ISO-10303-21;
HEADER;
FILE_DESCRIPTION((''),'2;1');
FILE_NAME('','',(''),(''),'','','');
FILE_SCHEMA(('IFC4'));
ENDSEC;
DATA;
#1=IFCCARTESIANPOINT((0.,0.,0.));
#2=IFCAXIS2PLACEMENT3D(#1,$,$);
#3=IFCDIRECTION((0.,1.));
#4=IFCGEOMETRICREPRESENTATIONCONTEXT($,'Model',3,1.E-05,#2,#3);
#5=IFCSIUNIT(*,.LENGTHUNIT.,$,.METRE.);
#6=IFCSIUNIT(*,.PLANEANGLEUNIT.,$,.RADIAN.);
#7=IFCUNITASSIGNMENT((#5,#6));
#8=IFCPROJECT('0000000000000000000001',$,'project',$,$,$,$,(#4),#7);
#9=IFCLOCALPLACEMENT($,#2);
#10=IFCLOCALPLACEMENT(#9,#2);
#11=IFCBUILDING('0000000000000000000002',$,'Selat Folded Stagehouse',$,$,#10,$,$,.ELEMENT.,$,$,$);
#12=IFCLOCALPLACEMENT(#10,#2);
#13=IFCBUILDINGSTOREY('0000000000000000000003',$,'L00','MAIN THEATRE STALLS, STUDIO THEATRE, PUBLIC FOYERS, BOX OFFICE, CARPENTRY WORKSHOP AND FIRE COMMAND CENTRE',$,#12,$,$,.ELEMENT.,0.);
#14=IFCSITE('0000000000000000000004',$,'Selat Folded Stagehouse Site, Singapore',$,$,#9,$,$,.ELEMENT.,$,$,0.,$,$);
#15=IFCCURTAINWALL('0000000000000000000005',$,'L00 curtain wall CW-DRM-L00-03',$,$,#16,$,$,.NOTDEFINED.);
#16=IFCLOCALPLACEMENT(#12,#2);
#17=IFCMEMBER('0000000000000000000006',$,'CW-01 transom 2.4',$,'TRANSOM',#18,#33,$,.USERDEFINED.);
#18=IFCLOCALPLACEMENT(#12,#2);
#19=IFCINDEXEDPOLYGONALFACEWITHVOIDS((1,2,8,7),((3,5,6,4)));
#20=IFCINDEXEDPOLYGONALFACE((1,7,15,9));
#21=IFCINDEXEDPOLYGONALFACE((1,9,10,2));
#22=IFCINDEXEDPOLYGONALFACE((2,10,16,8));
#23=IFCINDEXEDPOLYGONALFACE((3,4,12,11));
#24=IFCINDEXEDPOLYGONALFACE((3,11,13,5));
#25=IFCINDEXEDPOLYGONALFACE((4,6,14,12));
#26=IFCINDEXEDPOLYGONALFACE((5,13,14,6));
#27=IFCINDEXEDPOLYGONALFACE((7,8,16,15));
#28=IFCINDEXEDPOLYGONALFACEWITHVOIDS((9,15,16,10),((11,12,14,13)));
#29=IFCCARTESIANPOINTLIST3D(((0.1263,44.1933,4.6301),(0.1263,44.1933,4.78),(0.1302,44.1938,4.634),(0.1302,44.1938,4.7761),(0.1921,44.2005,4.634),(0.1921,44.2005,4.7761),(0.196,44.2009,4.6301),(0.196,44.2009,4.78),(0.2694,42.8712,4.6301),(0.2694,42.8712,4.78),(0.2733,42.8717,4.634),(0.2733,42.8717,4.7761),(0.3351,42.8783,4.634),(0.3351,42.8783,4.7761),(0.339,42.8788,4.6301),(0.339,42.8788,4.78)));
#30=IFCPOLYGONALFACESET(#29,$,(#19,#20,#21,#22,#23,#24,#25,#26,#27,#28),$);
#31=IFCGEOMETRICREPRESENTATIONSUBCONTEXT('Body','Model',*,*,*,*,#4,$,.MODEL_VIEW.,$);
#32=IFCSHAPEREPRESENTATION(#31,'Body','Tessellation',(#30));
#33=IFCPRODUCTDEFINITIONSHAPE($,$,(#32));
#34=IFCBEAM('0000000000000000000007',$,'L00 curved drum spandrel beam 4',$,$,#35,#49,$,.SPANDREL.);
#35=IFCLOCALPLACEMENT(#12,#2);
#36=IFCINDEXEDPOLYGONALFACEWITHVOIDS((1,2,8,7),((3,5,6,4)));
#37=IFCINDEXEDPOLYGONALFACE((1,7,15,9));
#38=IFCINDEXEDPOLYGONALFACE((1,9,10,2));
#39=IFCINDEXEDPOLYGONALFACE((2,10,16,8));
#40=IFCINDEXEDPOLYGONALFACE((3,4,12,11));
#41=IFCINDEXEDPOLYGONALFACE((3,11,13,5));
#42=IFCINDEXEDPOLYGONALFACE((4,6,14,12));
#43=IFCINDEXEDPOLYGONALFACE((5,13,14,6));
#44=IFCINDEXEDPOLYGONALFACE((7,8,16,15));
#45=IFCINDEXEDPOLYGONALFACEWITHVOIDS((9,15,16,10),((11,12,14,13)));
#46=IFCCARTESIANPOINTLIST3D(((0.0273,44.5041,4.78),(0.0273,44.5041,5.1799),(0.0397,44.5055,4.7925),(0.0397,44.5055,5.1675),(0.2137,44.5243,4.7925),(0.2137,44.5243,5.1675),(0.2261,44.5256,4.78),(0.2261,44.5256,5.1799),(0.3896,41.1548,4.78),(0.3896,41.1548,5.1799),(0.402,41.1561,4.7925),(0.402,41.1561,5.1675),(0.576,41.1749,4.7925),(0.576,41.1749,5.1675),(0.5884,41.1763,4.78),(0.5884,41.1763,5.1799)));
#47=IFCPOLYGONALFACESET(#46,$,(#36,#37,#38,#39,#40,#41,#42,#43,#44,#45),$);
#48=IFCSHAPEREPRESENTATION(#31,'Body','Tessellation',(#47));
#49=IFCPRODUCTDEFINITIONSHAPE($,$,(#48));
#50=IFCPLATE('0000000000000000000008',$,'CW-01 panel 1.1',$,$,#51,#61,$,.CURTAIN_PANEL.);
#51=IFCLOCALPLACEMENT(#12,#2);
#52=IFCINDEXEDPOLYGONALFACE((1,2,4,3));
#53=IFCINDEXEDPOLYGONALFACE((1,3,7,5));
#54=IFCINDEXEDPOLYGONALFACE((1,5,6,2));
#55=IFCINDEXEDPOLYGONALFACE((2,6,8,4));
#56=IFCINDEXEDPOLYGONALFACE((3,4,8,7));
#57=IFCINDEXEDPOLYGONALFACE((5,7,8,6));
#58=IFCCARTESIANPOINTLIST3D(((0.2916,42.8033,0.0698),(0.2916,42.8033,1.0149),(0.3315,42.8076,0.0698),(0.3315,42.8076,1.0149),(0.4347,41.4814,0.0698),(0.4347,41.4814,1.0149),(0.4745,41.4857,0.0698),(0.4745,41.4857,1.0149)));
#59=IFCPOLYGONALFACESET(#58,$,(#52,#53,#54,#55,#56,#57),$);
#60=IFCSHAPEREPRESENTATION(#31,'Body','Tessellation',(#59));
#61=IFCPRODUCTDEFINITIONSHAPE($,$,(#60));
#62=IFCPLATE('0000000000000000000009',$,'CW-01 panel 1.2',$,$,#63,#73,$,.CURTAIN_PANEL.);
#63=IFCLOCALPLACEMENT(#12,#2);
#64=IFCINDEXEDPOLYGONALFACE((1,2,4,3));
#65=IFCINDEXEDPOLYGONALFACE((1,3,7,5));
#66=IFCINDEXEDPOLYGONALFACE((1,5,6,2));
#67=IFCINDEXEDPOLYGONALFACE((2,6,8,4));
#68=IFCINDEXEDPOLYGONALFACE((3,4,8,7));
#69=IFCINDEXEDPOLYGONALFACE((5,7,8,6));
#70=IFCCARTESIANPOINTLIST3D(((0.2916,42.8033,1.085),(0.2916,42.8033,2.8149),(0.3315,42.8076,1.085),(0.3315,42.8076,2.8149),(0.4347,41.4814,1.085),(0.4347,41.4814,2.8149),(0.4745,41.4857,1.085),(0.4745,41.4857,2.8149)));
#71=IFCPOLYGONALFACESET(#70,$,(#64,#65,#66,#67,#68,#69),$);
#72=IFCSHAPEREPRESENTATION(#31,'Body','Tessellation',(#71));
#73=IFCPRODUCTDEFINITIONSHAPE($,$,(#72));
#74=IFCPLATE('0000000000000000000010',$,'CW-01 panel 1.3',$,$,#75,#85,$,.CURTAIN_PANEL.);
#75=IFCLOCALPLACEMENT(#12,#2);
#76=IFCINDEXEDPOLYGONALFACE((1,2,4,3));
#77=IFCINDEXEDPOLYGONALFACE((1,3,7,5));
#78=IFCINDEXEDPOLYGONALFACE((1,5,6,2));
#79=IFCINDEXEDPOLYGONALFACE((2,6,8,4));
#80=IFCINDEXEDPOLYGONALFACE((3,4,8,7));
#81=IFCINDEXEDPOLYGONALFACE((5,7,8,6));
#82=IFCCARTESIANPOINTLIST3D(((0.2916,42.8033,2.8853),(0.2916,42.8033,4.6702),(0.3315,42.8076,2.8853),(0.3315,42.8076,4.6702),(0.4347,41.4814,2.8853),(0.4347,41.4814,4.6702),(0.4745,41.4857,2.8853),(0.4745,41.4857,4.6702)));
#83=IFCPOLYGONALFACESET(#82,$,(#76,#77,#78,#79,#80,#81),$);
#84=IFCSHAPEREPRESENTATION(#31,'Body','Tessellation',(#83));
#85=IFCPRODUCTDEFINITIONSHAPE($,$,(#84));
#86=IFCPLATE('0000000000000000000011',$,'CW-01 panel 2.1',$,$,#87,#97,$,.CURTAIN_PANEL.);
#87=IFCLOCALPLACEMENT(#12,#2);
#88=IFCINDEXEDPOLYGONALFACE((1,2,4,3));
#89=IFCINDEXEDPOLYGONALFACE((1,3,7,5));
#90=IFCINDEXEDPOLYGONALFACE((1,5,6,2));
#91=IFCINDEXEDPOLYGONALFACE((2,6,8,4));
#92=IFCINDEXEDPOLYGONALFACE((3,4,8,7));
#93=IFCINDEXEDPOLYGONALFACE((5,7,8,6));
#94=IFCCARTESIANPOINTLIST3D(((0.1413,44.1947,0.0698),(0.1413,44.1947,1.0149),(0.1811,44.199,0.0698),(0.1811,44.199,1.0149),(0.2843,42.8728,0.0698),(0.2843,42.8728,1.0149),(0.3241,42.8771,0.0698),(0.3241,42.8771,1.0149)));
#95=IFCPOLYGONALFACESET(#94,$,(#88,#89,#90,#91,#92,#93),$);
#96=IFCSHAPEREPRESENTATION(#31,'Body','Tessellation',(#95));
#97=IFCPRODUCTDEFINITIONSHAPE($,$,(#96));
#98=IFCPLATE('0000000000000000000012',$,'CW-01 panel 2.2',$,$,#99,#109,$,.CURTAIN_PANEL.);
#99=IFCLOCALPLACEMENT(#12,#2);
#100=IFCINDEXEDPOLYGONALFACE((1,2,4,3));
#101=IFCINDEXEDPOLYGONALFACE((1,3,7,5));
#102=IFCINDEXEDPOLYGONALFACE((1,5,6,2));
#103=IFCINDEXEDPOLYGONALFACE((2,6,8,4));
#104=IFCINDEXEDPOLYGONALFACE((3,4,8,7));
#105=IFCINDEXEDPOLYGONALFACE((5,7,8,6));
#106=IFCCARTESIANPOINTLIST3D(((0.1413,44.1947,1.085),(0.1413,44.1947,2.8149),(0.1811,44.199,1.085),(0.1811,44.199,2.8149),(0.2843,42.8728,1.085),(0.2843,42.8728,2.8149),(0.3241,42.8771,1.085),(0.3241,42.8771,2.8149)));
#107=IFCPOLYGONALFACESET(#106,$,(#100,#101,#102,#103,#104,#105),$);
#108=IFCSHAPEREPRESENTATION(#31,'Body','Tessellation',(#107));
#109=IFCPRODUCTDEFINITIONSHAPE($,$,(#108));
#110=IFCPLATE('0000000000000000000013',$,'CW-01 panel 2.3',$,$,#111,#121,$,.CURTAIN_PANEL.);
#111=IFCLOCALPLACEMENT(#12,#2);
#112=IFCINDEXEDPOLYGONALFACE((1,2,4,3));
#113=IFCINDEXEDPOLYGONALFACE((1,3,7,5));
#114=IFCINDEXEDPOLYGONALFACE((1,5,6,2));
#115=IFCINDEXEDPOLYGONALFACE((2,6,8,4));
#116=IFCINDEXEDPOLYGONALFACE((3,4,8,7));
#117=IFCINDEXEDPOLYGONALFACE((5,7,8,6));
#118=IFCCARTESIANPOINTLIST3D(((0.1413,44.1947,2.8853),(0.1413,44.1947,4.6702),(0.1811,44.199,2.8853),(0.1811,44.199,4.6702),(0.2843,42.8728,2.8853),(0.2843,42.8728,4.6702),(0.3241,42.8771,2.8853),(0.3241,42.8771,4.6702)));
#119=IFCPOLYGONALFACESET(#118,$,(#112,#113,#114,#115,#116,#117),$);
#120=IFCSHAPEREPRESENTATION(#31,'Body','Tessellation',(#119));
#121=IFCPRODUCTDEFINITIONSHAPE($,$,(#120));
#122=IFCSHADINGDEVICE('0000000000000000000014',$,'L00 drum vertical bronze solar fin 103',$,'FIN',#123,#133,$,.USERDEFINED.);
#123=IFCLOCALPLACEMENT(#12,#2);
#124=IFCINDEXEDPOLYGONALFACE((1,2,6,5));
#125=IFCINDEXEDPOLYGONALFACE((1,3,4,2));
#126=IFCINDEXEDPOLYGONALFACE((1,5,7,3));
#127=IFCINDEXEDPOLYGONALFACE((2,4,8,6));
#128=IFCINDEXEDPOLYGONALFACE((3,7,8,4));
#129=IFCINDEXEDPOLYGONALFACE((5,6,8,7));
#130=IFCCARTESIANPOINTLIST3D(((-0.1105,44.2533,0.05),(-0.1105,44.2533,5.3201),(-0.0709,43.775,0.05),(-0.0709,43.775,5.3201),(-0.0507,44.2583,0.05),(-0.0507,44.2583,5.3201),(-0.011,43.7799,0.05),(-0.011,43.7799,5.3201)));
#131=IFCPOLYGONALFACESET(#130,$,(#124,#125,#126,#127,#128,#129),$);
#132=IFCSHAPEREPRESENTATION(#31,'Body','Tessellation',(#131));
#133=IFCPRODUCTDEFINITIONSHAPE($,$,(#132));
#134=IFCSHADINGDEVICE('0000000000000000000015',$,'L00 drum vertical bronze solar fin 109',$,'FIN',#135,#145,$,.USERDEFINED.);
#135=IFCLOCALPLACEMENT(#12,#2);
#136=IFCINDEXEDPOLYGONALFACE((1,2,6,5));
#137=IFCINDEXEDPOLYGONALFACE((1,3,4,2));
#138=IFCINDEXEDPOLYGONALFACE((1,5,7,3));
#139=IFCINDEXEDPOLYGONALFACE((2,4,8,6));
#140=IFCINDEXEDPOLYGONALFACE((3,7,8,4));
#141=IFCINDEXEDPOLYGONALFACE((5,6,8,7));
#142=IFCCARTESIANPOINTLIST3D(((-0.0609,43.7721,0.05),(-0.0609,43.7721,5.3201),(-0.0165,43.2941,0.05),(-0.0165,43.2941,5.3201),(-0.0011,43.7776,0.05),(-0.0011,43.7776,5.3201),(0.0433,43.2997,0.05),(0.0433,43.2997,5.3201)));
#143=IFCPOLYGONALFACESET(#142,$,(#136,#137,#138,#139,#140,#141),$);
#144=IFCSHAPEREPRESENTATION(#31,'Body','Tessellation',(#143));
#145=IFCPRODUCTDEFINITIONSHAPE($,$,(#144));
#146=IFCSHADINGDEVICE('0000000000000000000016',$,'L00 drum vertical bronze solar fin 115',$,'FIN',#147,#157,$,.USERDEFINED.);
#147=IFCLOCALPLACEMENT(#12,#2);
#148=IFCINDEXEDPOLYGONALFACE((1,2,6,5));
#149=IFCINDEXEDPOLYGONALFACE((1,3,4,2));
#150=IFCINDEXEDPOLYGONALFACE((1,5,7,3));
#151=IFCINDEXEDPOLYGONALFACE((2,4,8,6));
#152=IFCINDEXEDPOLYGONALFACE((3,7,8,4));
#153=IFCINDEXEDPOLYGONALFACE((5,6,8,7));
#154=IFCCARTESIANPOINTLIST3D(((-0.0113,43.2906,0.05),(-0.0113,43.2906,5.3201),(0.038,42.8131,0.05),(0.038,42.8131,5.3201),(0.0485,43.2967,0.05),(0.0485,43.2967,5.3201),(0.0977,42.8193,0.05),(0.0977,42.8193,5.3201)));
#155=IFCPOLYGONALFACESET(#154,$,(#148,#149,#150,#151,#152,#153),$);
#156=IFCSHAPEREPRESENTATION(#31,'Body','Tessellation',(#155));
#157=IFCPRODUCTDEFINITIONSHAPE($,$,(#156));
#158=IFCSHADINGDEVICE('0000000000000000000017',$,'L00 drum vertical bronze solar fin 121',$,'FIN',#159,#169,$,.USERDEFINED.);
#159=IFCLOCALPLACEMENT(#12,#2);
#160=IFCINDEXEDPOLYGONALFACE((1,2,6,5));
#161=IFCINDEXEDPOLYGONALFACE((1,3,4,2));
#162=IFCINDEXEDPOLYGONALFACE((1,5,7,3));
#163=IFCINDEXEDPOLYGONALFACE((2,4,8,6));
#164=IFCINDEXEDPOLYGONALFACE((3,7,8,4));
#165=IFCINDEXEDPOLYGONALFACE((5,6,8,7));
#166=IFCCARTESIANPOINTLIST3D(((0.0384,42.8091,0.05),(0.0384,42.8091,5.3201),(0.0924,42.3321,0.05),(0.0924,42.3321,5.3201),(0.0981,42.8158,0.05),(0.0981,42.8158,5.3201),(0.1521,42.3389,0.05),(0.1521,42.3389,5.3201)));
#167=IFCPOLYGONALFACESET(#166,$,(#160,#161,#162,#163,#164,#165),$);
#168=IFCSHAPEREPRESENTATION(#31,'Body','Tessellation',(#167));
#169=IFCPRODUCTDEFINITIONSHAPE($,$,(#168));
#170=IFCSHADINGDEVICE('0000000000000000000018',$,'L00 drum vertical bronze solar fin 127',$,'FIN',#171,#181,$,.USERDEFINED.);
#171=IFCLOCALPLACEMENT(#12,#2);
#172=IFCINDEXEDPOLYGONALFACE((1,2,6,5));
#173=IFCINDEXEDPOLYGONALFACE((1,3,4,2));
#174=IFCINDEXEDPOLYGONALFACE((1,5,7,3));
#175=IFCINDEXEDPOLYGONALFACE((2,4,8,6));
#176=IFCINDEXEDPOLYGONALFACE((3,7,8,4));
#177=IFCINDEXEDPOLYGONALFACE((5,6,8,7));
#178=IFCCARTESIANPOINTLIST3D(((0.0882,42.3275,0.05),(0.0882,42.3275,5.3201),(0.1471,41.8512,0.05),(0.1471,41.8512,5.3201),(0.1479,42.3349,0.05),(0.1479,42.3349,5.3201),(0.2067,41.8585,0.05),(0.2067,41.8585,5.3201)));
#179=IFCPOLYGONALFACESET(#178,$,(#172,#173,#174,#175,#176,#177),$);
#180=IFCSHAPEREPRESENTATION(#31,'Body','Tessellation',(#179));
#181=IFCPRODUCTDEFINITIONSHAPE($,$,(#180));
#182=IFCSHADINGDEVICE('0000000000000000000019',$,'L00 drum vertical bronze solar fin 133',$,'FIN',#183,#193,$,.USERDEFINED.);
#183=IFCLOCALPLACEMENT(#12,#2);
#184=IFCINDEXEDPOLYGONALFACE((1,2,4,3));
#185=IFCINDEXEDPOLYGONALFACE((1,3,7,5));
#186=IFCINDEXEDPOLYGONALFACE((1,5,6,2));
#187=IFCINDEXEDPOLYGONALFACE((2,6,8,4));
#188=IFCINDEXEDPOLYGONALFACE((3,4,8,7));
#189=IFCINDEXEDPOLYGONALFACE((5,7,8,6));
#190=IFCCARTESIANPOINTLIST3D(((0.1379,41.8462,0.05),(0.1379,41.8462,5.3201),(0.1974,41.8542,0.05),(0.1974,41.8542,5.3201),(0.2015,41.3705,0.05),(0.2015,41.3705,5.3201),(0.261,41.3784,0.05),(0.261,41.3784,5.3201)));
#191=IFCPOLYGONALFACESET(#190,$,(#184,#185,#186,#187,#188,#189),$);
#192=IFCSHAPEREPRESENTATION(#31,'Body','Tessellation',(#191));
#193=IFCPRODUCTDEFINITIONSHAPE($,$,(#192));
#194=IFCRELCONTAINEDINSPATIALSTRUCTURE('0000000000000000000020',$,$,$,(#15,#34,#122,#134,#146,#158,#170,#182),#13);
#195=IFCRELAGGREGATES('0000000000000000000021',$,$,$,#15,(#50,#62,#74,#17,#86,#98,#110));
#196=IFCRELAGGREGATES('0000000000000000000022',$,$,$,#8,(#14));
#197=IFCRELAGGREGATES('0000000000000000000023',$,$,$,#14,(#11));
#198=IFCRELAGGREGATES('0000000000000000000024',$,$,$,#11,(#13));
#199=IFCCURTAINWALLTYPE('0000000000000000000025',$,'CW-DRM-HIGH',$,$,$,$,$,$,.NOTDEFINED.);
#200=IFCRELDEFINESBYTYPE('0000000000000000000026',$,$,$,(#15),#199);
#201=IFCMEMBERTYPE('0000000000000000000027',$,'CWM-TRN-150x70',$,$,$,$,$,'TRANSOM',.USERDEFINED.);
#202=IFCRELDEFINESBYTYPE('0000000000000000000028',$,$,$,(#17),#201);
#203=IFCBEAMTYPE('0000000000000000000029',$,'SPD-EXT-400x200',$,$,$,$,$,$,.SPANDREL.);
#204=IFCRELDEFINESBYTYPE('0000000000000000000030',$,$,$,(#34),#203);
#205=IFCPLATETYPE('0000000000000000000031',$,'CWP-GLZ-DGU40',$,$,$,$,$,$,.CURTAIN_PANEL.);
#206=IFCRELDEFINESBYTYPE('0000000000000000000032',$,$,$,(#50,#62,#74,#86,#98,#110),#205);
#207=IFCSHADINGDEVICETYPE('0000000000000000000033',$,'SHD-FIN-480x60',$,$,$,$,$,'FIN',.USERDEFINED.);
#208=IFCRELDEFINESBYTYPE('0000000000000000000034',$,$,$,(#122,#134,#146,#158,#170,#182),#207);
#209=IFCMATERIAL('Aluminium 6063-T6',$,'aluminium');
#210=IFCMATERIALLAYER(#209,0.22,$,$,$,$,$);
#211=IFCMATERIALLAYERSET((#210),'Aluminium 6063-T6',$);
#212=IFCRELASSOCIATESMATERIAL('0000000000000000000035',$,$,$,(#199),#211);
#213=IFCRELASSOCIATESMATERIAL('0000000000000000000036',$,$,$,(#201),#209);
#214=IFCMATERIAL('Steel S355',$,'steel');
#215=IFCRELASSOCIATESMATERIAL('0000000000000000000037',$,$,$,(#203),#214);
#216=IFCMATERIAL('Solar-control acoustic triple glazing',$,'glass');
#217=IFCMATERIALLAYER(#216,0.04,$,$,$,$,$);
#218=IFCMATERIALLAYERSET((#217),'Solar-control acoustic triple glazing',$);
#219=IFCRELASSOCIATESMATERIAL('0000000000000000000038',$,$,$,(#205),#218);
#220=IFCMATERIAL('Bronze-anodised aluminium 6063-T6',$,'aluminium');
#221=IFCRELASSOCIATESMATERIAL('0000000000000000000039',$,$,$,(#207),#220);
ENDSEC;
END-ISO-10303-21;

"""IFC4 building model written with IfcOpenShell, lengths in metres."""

from ifc_helpers import new_model, si_unit, direction, frame, origin, origin_2d, place, context, subcontext, project, spatial, rectangle, hollow_rectangle, extrude, material, layer, layer_set, material_profile, profile_set, type_object, element, aggregate, save


model = new_model("IFC4")

# Units and contexts
model_context = context("Model", 3, precision=1e-05, world=origin(), true_north=direction((0.0, 1.0)))
body_context = subcontext(model_context, "Body", "Model", "MODEL_VIEW")
ifc_project = project(units=[si_unit("LENGTHUNIT", "METRE"), si_unit("PLANEANGLEUNIT", "RADIAN")], contexts=[model_context])

# Site, building, storey
site_placement = place(None, origin())
site = spatial("IfcSite", under=ifc_project, at=site_placement, Name="Selat Folded Stagehouse Site, Singapore", CompositionType="ELEMENT", RefElevation=0.0)
building_placement = place(site_placement, origin())
building = spatial("IfcBuilding", under=site, at=building_placement, Name="Selat Folded Stagehouse", CompositionType="ELEMENT")
storey_placement = place(building_placement, origin())
storey = spatial("IfcBuildingStorey", under=building, at=storey_placement, Name="L00", Description="MAIN THEATRE STALLS, STUDIO THEATRE, PUBLIC FOYERS, BOX OFFICE, CARPENTRY WORKSHOP AND FIRE COMMAND CENTRE", CompositionType="ELEMENT", Elevation=0.0)

# Shared definitions
ifc_material_1 = material(Name="Steel S355", Category="steel")

# Curtain wall, member
ifc_material_2 = material(Name="Aluminium 6063-T6", Category="aluminium")
ifc_layer_1 = layer(ifc_material_2, 0.22)
ifc_layer_set_1 = layer_set([ifc_layer_1], Name="Aluminium 6063-T6")
curtain_wall_type = type_object("IfcCurtainWallType", Name="CW-DRM-HIGH", PredefinedType="NOTDEFINED", material=ifc_layer_set_1)
curtain_wall_placement = place(storey_placement, origin())
curtain_wall = element("IfcCurtainWall", 1, at=curtain_wall_placement, inside=storey, type_object=curtain_wall_type, Name="L00 curtain wall CW-DRM-L00-03", PredefinedType="NOTDEFINED")
ifc_material_profile_1 = material_profile(ifc_material_2, hollow_rectangle(XDim=0.0701, YDim=0.1499, WallThickness=0.0039, at=origin_2d()), Name="ALU 150x70x4.0")
ifc_profile_set_1 = profile_set([ifc_material_profile_1], Name="Aluminium 6063-T6")
member_type_1 = type_object("IfcMemberType", Name="CWM-TRN-150x70", ElementType="TRANSOM", PredefinedType="USERDEFINED", material=ifc_profile_set_1)
member_1_placement = place(storey_placement, frame((0.3042, 42.875, 4.7051), z_axis=(-0.10759, 0.994195, 0.0), x_axis=(-0.994195, -0.10759, 0.0)))
member_1 = element("IfcMember", 2, at=member_1_placement, type_object=member_type_1, Name="CW-01 transom 2.4", ObjectType="TRANSOM", PredefinedType="USERDEFINED", context=body_context, shape_type="SweptSolid", body=[
    extrude(hollow_rectangle(XDim=0.0701, YDim=0.1499, WallThickness=0.0039, at=origin_2d()), origin(), (0.0, 0.0, 1.0), 1.3298),
])

# Beam
ifc_material_profile_2 = material_profile(ifc_material_1, hollow_rectangle(XDim=0.2, YDim=0.3999, WallThickness=0.0125, at=origin_2d()), Name="RHS 400x200x12.5")
ifc_profile_set_2 = profile_set([ifc_material_profile_2], Name="Steel S355")
beam_type = type_object("IfcBeamType", Name="SPD-EXT-400x200", PredefinedType="SPANDREL", material=ifc_profile_set_2)
beam_placement = place(storey_placement, frame((0.1267, 44.5149, 4.98), z_axis=(0.107544, -0.9942, 0.0), x_axis=(0.9942, 0.107544, 0.0)))
element("IfcBeam", 3, at=beam_placement, inside=storey, type_object=beam_type, Name="L00 curved drum spandrel beam 4", PredefinedType="SPANDREL", context=body_context, shape_type="SweptSolid", body=[
    extrude(hollow_rectangle(XDim=0.2, YDim=0.3999, WallThickness=0.0125, at=origin_2d()), origin(), (0.0, 0.0, 1.0), 3.3689),
])

# Plates
ifc_material_3 = material(Name="Solar-control acoustic triple glazing", Category="glass")
ifc_layer_2 = layer(ifc_material_3, 0.04)
ifc_layer_set_2 = layer_set([ifc_layer_2], Name="Solar-control acoustic triple glazing")
plate_type = type_object("IfcPlateType", Name="CWP-GLZ-DGU40", PredefinedType="CURTAIN_PANEL", material=ifc_layer_set_2)
plate_1_placement = place(storey_placement, frame((0.3831, 42.1445, 0.0698), z_axis=(0.0, 0.0, 1.0), x_axis=(-0.107558, 0.994199, 0.0)))
plate_1 = element("IfcPlate", 4, at=plate_1_placement, type_object=plate_type, Name="CW-01 panel 1.1", PredefinedType="CURTAIN_PANEL", context=body_context, shape_type="SweptSolid", body=[
    extrude(rectangle(XDim=1.3296, YDim=0.04, at=origin_2d()), origin(), (0.0, 0.0, 1.0), 0.9451),
])
plate_2_placement = place(storey_placement, frame((0.3831, 42.1445, 1.085), z_axis=(0.0, 0.0, 1.0), x_axis=(-0.107558, 0.994199, 0.0)))
plate_2 = element("IfcPlate", 5, at=plate_2_placement, type_object=plate_type, Name="CW-01 panel 1.2", PredefinedType="CURTAIN_PANEL", context=body_context, shape_type="SweptSolid", body=[
    extrude(rectangle(XDim=1.3296, YDim=0.04, at=origin_2d()), origin(), (0.0, 0.0, 1.0), 1.73),
])
plate_3_placement = place(storey_placement, frame((0.3831, 42.1445, 2.8853), z_axis=(0.0, 0.0, 1.0), x_axis=(-0.107558, 0.994199, 0.0)))
plate_3 = element("IfcPlate", 6, at=plate_3_placement, type_object=plate_type, Name="CW-01 panel 1.3", PredefinedType="CURTAIN_PANEL", context=body_context, shape_type="SweptSolid", body=[
    extrude(rectangle(XDim=1.3296, YDim=0.04, at=origin_2d()), origin(), (0.0, 0.0, 1.0), 1.7849),
])
plate_4_placement = place(storey_placement, frame((0.2327, 43.5359, 0.0698), z_axis=(0.0, 0.0, 1.0), x_axis=(-0.107558, 0.994199, 0.0)))
plate_4 = element("IfcPlate", 7, at=plate_4_placement, type_object=plate_type, Name="CW-01 panel 2.1", PredefinedType="CURTAIN_PANEL", context=body_context, shape_type="SweptSolid", body=[
    extrude(rectangle(XDim=1.3296, YDim=0.04, at=origin_2d()), origin(), (0.0, 0.0, 1.0), 0.9451),
])
plate_5_placement = place(storey_placement, frame((0.2327, 43.5359, 1.085), z_axis=(0.0, 0.0, 1.0), x_axis=(-0.107558, 0.994199, 0.0)))
plate_5 = element("IfcPlate", 8, at=plate_5_placement, type_object=plate_type, Name="CW-01 panel 2.2", PredefinedType="CURTAIN_PANEL", context=body_context, shape_type="SweptSolid", body=[
    extrude(rectangle(XDim=1.3296, YDim=0.04, at=origin_2d()), origin(), (0.0, 0.0, 1.0), 1.73),
])
plate_6_placement = place(storey_placement, frame((0.2327, 43.5359, 2.8853), z_axis=(0.0, 0.0, 1.0), x_axis=(-0.107558, 0.994199, 0.0)))
plate_6 = element("IfcPlate", 9, at=plate_6_placement, type_object=plate_type, Name="CW-01 panel 2.3", PredefinedType="CURTAIN_PANEL", context=body_context, shape_type="SweptSolid", body=[
    extrude(rectangle(XDim=1.3296, YDim=0.04, at=origin_2d()), origin(), (0.0, 0.0, 1.0), 1.7849),
])
aggregate(curtain_wall, [plate_1, plate_2, plate_3, member_1, plate_4, plate_5, plate_6])

# Shading devices
ifc_material_4 = material(Name="Bronze-anodised aluminium 6063-T6", Category="aluminium")
ifc_material_profile_3 = material_profile(ifc_material_4, rectangle(XDim=0.0601, YDim=0.48, at=origin_2d()), Name="SOLAR-FIN 480x60")
ifc_profile_set_3 = profile_set([ifc_material_profile_3], Name="Bronze-anodised aluminium 6063-T6")
shading_device_type = type_object("IfcShadingDeviceType", Name="SHD-FIN-480x60", ElementType="FIN", PredefinedType="USERDEFINED", material=ifc_profile_set_3)
for number, where, z_axis, x_axis, name in (
    (10, (-0.0608, 44.0166, 0.05), (0.0, 0.0, 1.0), (-0.99658, -0.082634, 0.0), "L00 drum vertical bronze solar fin 103"),
    (11, (-0.0088, 43.5359, 0.05), (0.0, 0.0, 1.0), (-0.995709, -0.092544, 0.0), "L00 drum vertical bronze solar fin 109"),
    (12, (0.0432, 43.0549, 0.05), (0.0, 0.0, 1.0), (-0.994721, -0.102619, 0.0), "L00 drum vertical bronze solar fin 115"),
    (13, (0.0952, 42.574, 0.05), (0.0, 0.0, 1.0), (-0.993651, -0.11251, 0.0), "L00 drum vertical bronze solar fin 121"),
    (14, (0.1475, 42.093, 0.05), (0.0, 0.0, 1.0), (-0.992461, -0.122562, 0.0), "L00 drum vertical bronze solar fin 127"),
    (15, (0.1995, 41.6123, 0.05), (0.0, 0.0, 1.0), (-0.991192, -0.132429, 0.0), "L00 drum vertical bronze solar fin 133"),
):
    element("IfcShadingDevice", number, at=place(storey_placement, frame(where, z_axis=z_axis, x_axis=x_axis)), inside=storey, type_object=shading_device_type, Name=name, ObjectType="FIN", PredefinedType="USERDEFINED", context=body_context, shape_type="SweptSolid", body=[
        extrude(rectangle(XDim=0.0601, YDim=0.48, at=origin_2d()), origin(), (0.0, 0.0, 1.0), 5.27),
    ])

save(model, "model.ifc")
